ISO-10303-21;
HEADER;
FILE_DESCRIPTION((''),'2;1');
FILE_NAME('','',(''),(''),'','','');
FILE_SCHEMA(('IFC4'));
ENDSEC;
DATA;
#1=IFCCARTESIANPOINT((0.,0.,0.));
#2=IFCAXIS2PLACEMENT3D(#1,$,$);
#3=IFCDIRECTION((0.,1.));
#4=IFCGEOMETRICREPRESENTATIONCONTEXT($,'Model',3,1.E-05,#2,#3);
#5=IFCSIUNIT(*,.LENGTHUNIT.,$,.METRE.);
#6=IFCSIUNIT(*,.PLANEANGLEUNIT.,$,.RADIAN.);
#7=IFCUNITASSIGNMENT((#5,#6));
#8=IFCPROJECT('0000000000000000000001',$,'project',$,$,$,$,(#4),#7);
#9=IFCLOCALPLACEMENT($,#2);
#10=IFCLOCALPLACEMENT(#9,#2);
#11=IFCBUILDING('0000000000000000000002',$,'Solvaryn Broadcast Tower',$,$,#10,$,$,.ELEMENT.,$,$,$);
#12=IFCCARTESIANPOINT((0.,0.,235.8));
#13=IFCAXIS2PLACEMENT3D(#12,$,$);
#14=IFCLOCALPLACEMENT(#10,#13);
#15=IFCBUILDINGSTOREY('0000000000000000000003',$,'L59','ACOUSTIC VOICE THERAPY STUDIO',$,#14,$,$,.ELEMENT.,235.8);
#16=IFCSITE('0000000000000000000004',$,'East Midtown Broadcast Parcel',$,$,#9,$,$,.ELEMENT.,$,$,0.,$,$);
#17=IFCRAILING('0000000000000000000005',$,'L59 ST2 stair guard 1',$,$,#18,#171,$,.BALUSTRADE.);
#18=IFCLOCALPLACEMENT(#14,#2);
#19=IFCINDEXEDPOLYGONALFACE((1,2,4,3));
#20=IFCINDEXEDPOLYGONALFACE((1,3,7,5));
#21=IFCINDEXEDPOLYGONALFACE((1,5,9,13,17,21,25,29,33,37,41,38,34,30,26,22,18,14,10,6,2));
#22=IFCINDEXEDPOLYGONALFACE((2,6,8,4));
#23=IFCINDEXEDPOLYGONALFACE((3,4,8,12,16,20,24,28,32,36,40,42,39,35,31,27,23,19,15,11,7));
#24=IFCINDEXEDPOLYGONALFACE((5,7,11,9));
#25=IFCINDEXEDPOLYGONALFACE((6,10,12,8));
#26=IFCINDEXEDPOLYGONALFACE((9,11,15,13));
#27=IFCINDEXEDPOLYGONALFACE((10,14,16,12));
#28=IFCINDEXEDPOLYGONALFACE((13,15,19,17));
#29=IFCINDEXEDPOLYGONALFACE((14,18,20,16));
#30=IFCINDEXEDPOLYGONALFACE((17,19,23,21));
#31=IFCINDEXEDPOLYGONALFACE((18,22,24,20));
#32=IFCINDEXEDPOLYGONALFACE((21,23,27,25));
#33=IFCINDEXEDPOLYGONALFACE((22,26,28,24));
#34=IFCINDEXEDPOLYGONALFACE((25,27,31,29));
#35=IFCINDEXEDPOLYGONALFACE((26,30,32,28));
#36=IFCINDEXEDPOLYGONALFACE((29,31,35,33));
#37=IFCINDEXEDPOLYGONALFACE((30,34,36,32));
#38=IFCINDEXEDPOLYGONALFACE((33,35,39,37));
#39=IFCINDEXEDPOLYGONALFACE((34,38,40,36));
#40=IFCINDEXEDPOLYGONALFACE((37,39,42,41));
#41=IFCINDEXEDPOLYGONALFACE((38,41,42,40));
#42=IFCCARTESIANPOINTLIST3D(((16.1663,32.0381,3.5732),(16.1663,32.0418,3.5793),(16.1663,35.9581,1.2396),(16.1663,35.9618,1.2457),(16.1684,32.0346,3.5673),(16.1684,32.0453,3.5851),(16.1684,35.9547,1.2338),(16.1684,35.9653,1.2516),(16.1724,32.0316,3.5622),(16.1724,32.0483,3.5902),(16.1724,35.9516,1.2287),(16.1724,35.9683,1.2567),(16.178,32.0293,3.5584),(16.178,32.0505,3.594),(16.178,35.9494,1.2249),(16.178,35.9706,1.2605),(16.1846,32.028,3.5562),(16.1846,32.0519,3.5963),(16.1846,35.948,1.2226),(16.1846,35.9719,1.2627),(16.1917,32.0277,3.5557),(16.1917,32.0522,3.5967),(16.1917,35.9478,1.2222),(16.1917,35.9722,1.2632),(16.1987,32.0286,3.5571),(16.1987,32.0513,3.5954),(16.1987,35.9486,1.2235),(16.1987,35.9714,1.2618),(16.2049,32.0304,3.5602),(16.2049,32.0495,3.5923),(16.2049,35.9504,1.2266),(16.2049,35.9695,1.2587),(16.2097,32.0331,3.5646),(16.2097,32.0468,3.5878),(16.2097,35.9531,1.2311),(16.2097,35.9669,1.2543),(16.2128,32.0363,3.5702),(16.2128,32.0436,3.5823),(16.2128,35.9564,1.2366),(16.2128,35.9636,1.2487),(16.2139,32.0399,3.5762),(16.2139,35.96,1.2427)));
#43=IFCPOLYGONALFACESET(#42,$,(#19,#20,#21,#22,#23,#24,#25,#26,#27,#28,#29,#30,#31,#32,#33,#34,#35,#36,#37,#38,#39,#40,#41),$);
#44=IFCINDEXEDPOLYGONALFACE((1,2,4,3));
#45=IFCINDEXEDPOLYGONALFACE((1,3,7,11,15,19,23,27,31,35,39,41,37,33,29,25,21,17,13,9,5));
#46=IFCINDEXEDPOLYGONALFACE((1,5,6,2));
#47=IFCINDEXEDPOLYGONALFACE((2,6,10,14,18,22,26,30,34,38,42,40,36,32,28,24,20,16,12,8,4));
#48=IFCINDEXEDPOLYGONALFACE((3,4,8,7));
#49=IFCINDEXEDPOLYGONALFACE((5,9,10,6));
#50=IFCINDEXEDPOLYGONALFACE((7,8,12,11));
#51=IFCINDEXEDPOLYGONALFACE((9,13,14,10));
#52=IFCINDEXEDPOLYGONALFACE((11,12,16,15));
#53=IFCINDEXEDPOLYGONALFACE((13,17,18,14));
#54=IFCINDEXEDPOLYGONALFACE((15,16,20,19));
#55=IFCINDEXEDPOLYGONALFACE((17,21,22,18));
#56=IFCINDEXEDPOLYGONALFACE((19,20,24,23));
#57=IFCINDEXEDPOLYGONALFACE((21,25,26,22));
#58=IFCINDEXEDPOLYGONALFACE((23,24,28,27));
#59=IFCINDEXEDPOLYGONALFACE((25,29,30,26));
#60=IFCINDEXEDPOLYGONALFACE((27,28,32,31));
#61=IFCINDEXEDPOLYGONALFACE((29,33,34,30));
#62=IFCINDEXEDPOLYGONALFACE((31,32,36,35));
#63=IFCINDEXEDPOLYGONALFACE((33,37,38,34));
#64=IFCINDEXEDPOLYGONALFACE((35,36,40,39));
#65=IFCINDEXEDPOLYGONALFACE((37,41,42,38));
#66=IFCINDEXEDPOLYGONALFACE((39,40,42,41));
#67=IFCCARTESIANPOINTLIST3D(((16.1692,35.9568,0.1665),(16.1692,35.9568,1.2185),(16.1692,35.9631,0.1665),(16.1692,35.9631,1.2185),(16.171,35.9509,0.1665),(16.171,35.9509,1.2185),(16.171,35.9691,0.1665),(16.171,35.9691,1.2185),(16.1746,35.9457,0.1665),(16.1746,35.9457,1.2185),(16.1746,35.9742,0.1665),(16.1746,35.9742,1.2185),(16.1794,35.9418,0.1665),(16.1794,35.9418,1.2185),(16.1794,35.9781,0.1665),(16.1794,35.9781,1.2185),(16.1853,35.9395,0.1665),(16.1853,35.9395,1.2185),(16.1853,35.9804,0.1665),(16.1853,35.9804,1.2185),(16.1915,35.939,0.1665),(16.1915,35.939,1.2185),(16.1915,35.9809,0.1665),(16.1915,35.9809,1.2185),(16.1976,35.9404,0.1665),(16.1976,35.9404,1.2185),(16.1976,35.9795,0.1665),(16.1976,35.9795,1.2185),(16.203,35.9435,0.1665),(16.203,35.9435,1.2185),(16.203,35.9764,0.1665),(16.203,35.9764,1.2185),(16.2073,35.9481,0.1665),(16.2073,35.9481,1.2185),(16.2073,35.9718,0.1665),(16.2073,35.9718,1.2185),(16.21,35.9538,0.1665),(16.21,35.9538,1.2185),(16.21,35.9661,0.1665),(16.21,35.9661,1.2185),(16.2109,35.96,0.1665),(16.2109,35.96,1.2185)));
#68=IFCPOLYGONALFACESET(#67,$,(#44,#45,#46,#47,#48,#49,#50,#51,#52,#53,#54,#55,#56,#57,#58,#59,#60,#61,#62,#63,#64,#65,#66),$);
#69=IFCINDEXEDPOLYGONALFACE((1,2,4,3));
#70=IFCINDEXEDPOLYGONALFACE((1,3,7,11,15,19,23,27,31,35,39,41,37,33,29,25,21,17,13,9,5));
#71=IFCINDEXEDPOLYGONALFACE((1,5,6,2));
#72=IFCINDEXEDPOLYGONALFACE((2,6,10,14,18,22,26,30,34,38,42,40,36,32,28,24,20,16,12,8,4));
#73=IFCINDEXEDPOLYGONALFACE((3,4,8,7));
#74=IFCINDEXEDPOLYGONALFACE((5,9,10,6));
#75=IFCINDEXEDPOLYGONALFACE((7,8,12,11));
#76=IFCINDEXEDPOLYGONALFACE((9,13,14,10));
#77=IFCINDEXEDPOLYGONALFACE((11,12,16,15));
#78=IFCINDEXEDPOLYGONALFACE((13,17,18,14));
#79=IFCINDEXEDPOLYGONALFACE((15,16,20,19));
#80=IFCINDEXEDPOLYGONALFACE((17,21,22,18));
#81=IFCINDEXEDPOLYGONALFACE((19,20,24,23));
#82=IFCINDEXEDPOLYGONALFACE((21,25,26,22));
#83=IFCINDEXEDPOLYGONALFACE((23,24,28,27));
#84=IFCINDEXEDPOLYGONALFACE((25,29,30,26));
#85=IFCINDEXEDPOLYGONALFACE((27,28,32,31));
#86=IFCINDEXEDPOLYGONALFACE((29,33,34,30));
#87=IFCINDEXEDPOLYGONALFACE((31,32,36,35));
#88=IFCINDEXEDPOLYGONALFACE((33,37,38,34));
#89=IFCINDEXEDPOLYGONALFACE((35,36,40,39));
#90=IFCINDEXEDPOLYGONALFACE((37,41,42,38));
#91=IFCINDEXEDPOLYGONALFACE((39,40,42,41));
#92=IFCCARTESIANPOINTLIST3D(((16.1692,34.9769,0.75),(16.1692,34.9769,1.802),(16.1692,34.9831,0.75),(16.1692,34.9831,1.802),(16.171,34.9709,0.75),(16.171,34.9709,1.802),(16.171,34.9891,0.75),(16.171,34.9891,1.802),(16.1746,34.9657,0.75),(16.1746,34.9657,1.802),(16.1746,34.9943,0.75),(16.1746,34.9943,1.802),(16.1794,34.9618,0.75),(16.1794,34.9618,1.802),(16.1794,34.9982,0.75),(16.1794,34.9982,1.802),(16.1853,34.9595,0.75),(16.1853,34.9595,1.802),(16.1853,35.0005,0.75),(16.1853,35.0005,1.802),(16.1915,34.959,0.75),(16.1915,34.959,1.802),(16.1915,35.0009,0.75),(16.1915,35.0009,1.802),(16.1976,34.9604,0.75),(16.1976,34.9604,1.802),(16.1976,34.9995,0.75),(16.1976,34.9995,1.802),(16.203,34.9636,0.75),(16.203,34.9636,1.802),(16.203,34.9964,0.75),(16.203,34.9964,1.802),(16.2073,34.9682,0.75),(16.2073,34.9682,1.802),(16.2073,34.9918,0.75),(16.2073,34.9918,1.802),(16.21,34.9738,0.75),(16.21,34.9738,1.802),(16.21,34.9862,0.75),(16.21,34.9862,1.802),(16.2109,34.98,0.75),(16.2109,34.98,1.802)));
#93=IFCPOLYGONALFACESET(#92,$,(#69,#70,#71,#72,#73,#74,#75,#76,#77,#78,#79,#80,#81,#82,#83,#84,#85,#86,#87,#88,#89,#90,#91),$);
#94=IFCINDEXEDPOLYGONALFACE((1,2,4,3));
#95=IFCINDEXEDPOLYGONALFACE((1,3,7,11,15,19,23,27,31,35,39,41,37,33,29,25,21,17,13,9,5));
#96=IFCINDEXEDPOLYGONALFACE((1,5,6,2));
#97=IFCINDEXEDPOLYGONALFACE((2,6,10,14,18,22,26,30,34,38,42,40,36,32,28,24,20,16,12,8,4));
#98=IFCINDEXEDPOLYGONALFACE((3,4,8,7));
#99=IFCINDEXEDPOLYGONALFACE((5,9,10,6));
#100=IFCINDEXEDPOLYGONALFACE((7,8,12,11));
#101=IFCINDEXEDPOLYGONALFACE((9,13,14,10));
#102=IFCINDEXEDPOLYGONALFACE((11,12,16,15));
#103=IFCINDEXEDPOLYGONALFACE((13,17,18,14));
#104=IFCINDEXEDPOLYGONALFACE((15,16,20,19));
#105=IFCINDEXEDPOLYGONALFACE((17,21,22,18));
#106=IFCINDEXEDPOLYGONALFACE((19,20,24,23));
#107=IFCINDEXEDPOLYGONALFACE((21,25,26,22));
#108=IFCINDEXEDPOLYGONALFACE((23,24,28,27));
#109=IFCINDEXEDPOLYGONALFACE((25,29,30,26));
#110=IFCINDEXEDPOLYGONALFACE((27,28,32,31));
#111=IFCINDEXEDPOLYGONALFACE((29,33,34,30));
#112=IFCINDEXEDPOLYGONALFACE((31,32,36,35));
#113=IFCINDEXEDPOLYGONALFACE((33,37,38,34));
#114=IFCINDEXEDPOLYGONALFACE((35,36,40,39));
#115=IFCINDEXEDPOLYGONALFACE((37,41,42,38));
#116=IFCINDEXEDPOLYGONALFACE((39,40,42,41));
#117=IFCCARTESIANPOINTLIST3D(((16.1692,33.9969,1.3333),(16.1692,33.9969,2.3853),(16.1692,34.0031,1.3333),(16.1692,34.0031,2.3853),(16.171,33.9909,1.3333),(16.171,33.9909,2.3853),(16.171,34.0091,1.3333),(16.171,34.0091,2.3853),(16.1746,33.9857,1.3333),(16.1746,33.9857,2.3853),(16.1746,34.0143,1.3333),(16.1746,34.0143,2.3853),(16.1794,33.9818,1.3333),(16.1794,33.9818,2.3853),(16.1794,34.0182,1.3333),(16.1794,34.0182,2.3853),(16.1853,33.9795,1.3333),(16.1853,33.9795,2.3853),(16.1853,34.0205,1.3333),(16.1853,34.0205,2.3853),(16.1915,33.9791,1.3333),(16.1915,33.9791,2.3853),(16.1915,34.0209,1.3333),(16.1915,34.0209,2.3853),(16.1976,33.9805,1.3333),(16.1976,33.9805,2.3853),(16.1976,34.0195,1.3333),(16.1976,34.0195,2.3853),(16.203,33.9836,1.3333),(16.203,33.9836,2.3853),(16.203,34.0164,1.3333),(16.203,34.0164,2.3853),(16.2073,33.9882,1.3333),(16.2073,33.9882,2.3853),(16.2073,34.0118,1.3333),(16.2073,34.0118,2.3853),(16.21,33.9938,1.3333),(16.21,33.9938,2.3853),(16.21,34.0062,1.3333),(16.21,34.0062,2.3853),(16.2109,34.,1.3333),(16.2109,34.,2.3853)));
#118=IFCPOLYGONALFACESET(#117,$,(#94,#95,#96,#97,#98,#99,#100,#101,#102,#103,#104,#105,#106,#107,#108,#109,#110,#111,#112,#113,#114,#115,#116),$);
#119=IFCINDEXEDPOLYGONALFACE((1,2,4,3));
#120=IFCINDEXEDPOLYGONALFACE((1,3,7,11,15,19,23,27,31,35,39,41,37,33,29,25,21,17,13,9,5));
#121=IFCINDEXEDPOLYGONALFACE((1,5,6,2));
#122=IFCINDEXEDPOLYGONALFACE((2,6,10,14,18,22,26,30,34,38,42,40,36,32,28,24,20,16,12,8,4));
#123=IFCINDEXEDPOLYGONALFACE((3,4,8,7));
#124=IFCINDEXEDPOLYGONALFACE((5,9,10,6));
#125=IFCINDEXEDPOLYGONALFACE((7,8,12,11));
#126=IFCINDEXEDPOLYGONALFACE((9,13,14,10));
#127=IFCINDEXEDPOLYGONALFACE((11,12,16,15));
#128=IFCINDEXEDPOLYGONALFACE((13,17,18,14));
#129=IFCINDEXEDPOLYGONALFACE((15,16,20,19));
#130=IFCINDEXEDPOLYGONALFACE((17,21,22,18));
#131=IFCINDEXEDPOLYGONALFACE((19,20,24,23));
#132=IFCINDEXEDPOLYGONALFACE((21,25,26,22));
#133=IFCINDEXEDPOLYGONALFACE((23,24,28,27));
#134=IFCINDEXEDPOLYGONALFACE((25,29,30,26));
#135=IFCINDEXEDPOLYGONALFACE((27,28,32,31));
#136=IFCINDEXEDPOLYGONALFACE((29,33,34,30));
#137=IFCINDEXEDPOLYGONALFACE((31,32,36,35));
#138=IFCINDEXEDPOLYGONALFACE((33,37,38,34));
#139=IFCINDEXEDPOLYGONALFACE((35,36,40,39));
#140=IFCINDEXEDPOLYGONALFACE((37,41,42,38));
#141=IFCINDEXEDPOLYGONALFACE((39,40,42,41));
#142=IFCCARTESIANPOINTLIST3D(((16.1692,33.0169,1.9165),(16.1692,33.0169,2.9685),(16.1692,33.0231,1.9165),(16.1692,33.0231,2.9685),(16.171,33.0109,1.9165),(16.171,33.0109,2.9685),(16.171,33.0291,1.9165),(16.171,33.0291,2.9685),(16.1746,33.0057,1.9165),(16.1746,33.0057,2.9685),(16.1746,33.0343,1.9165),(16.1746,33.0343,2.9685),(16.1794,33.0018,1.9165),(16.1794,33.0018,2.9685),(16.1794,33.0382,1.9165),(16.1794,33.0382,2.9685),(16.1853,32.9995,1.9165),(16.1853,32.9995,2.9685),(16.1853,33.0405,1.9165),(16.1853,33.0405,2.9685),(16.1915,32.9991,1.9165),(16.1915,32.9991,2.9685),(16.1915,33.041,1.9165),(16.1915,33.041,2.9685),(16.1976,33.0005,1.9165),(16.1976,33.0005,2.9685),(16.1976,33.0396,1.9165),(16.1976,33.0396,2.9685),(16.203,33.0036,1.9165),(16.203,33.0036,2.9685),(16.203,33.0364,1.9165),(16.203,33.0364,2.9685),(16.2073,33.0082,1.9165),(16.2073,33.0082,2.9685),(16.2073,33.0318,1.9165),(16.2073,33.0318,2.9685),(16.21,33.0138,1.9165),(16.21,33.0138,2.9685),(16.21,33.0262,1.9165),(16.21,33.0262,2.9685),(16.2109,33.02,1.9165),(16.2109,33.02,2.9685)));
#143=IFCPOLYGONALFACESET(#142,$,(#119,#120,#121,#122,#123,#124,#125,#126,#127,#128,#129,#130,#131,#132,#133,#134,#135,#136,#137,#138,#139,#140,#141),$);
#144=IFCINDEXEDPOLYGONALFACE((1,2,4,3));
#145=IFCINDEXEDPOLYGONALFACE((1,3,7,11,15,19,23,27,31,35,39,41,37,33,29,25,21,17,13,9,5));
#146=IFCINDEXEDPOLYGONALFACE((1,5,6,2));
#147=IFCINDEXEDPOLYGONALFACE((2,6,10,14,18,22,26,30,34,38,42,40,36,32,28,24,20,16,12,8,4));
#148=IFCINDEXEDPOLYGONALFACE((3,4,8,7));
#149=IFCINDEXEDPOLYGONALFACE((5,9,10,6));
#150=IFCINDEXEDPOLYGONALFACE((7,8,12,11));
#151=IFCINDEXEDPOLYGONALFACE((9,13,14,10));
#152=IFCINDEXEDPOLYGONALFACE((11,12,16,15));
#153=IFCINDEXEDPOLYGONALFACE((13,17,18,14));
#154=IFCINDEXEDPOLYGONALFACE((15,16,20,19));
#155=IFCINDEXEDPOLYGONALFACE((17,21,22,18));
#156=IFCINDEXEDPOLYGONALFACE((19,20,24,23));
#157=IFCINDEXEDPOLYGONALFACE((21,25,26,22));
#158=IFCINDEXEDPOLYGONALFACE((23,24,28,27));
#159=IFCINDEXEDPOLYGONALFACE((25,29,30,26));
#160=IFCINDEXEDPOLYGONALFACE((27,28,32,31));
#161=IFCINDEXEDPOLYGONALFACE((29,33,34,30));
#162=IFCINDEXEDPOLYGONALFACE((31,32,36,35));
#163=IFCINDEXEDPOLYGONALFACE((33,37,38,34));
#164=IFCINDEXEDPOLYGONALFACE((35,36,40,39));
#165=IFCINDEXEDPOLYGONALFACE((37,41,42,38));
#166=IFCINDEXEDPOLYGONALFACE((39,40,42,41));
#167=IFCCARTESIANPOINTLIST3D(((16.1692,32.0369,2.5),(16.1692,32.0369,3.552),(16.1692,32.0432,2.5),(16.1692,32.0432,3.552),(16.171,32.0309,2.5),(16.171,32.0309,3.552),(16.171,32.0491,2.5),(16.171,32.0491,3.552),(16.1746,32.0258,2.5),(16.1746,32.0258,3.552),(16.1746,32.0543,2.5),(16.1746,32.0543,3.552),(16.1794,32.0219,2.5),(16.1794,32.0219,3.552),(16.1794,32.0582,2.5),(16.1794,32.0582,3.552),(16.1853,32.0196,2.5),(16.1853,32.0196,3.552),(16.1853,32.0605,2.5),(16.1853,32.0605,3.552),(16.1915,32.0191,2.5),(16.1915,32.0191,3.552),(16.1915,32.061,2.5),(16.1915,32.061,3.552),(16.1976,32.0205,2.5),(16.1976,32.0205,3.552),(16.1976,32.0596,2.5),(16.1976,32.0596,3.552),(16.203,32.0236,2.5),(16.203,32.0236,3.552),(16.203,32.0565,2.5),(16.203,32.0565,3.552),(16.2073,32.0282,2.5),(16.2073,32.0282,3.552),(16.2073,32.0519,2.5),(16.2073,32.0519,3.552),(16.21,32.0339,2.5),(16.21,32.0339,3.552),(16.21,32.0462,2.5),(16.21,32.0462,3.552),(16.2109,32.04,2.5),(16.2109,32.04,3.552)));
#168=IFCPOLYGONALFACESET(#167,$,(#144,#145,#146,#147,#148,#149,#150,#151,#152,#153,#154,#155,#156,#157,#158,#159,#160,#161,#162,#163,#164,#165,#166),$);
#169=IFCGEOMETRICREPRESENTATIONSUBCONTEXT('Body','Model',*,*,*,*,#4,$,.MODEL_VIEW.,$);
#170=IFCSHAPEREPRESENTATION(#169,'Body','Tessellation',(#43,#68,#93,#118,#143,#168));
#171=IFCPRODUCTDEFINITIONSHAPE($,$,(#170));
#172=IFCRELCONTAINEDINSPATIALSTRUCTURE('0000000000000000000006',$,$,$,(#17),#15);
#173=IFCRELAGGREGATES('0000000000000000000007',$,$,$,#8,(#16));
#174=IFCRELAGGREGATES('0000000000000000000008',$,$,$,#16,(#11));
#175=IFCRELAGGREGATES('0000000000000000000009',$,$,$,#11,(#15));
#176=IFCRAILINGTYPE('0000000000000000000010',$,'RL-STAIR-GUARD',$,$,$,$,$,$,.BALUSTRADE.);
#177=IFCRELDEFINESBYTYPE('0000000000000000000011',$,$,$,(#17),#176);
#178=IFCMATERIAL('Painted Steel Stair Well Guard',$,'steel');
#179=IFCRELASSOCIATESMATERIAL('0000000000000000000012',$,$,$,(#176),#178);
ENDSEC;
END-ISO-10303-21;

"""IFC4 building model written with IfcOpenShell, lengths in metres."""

from ifc_helpers import new_model, si_unit, direction, frame, origin, origin_2d, place, context, subcontext, project, spatial, circle, extrude, material, type_object, element, save


model = new_model("IFC4")

# Units and contexts
model_context = context("Model", 3, precision=1e-05, world=origin(), true_north=direction((0.0, 1.0)))
body_context = subcontext(model_context, "Body", "Model", "MODEL_VIEW")
ifc_project = project(units=[si_unit("LENGTHUNIT", "METRE"), si_unit("PLANEANGLEUNIT", "RADIAN")], contexts=[model_context])

# Site, building, storey
site_placement = place(None, origin())
site = spatial("IfcSite", under=ifc_project, at=site_placement, Name="East Midtown Broadcast Parcel", CompositionType="ELEMENT", RefElevation=0.0)
building_placement = place(site_placement, origin())
building = spatial("IfcBuilding", under=site, at=building_placement, Name="Solvaryn Broadcast Tower", CompositionType="ELEMENT")
storey_placement = place(building_placement, frame((0.0, 0.0, 235.8)))
storey = spatial("IfcBuildingStorey", under=building, at=storey_placement, Name="L59", Description="ACOUSTIC VOICE THERAPY STUDIO", CompositionType="ELEMENT", Elevation=235.8)

# Railing
ifc_material_1 = material(Name="Painted Steel Stair Well Guard", Category="steel")
railing_type_1 = type_object("IfcRailingType", Name="RL-STAIR-GUARD", PredefinedType="BALUSTRADE", material=ifc_material_1)
railing_1_placement = place(storey_placement, frame((16.1899, 35.96, 0.1665)))
element("IfcRailing", 1, at=railing_1_placement, inside=storey, type_object=railing_type_1, Name="L59 ST2 stair guard 1", PredefinedType="BALUSTRADE", context=body_context, shape_type="SweptSolid", body=[
    extrude(circle(Radius=0.0239, at=origin_2d()), frame((0.0, 0.0, 1.0762), z_axis=(0.0, -0.859273, 0.511518), x_axis=(1.0, 0.0, 0.0)), (0.0, 0.0, 1.0), 4.562),
    extrude(circle(Radius=0.021, at=origin_2d()), origin(), (0.0, 0.0, 1.0), 1.052),
    extrude(circle(Radius=0.021, at=origin_2d()), frame((0.0, -0.98, 0.5835)), (0.0, 0.0, 1.0), 1.052),
    extrude(circle(Radius=0.021, at=origin_2d()), frame((0.0, -1.96, 1.1667)), (0.0, 0.0, 1.0), 1.052),
    extrude(circle(Radius=0.021, at=origin_2d()), frame((0.0, -2.9399, 1.75)), (0.0, 0.0, 1.0), 1.052),
    extrude(circle(Radius=0.021, at=origin_2d()), frame((0.0, -3.9199, 2.3335)), (0.0, 0.0, 1.0), 1.052),
])

save(model, "model.ifc")
